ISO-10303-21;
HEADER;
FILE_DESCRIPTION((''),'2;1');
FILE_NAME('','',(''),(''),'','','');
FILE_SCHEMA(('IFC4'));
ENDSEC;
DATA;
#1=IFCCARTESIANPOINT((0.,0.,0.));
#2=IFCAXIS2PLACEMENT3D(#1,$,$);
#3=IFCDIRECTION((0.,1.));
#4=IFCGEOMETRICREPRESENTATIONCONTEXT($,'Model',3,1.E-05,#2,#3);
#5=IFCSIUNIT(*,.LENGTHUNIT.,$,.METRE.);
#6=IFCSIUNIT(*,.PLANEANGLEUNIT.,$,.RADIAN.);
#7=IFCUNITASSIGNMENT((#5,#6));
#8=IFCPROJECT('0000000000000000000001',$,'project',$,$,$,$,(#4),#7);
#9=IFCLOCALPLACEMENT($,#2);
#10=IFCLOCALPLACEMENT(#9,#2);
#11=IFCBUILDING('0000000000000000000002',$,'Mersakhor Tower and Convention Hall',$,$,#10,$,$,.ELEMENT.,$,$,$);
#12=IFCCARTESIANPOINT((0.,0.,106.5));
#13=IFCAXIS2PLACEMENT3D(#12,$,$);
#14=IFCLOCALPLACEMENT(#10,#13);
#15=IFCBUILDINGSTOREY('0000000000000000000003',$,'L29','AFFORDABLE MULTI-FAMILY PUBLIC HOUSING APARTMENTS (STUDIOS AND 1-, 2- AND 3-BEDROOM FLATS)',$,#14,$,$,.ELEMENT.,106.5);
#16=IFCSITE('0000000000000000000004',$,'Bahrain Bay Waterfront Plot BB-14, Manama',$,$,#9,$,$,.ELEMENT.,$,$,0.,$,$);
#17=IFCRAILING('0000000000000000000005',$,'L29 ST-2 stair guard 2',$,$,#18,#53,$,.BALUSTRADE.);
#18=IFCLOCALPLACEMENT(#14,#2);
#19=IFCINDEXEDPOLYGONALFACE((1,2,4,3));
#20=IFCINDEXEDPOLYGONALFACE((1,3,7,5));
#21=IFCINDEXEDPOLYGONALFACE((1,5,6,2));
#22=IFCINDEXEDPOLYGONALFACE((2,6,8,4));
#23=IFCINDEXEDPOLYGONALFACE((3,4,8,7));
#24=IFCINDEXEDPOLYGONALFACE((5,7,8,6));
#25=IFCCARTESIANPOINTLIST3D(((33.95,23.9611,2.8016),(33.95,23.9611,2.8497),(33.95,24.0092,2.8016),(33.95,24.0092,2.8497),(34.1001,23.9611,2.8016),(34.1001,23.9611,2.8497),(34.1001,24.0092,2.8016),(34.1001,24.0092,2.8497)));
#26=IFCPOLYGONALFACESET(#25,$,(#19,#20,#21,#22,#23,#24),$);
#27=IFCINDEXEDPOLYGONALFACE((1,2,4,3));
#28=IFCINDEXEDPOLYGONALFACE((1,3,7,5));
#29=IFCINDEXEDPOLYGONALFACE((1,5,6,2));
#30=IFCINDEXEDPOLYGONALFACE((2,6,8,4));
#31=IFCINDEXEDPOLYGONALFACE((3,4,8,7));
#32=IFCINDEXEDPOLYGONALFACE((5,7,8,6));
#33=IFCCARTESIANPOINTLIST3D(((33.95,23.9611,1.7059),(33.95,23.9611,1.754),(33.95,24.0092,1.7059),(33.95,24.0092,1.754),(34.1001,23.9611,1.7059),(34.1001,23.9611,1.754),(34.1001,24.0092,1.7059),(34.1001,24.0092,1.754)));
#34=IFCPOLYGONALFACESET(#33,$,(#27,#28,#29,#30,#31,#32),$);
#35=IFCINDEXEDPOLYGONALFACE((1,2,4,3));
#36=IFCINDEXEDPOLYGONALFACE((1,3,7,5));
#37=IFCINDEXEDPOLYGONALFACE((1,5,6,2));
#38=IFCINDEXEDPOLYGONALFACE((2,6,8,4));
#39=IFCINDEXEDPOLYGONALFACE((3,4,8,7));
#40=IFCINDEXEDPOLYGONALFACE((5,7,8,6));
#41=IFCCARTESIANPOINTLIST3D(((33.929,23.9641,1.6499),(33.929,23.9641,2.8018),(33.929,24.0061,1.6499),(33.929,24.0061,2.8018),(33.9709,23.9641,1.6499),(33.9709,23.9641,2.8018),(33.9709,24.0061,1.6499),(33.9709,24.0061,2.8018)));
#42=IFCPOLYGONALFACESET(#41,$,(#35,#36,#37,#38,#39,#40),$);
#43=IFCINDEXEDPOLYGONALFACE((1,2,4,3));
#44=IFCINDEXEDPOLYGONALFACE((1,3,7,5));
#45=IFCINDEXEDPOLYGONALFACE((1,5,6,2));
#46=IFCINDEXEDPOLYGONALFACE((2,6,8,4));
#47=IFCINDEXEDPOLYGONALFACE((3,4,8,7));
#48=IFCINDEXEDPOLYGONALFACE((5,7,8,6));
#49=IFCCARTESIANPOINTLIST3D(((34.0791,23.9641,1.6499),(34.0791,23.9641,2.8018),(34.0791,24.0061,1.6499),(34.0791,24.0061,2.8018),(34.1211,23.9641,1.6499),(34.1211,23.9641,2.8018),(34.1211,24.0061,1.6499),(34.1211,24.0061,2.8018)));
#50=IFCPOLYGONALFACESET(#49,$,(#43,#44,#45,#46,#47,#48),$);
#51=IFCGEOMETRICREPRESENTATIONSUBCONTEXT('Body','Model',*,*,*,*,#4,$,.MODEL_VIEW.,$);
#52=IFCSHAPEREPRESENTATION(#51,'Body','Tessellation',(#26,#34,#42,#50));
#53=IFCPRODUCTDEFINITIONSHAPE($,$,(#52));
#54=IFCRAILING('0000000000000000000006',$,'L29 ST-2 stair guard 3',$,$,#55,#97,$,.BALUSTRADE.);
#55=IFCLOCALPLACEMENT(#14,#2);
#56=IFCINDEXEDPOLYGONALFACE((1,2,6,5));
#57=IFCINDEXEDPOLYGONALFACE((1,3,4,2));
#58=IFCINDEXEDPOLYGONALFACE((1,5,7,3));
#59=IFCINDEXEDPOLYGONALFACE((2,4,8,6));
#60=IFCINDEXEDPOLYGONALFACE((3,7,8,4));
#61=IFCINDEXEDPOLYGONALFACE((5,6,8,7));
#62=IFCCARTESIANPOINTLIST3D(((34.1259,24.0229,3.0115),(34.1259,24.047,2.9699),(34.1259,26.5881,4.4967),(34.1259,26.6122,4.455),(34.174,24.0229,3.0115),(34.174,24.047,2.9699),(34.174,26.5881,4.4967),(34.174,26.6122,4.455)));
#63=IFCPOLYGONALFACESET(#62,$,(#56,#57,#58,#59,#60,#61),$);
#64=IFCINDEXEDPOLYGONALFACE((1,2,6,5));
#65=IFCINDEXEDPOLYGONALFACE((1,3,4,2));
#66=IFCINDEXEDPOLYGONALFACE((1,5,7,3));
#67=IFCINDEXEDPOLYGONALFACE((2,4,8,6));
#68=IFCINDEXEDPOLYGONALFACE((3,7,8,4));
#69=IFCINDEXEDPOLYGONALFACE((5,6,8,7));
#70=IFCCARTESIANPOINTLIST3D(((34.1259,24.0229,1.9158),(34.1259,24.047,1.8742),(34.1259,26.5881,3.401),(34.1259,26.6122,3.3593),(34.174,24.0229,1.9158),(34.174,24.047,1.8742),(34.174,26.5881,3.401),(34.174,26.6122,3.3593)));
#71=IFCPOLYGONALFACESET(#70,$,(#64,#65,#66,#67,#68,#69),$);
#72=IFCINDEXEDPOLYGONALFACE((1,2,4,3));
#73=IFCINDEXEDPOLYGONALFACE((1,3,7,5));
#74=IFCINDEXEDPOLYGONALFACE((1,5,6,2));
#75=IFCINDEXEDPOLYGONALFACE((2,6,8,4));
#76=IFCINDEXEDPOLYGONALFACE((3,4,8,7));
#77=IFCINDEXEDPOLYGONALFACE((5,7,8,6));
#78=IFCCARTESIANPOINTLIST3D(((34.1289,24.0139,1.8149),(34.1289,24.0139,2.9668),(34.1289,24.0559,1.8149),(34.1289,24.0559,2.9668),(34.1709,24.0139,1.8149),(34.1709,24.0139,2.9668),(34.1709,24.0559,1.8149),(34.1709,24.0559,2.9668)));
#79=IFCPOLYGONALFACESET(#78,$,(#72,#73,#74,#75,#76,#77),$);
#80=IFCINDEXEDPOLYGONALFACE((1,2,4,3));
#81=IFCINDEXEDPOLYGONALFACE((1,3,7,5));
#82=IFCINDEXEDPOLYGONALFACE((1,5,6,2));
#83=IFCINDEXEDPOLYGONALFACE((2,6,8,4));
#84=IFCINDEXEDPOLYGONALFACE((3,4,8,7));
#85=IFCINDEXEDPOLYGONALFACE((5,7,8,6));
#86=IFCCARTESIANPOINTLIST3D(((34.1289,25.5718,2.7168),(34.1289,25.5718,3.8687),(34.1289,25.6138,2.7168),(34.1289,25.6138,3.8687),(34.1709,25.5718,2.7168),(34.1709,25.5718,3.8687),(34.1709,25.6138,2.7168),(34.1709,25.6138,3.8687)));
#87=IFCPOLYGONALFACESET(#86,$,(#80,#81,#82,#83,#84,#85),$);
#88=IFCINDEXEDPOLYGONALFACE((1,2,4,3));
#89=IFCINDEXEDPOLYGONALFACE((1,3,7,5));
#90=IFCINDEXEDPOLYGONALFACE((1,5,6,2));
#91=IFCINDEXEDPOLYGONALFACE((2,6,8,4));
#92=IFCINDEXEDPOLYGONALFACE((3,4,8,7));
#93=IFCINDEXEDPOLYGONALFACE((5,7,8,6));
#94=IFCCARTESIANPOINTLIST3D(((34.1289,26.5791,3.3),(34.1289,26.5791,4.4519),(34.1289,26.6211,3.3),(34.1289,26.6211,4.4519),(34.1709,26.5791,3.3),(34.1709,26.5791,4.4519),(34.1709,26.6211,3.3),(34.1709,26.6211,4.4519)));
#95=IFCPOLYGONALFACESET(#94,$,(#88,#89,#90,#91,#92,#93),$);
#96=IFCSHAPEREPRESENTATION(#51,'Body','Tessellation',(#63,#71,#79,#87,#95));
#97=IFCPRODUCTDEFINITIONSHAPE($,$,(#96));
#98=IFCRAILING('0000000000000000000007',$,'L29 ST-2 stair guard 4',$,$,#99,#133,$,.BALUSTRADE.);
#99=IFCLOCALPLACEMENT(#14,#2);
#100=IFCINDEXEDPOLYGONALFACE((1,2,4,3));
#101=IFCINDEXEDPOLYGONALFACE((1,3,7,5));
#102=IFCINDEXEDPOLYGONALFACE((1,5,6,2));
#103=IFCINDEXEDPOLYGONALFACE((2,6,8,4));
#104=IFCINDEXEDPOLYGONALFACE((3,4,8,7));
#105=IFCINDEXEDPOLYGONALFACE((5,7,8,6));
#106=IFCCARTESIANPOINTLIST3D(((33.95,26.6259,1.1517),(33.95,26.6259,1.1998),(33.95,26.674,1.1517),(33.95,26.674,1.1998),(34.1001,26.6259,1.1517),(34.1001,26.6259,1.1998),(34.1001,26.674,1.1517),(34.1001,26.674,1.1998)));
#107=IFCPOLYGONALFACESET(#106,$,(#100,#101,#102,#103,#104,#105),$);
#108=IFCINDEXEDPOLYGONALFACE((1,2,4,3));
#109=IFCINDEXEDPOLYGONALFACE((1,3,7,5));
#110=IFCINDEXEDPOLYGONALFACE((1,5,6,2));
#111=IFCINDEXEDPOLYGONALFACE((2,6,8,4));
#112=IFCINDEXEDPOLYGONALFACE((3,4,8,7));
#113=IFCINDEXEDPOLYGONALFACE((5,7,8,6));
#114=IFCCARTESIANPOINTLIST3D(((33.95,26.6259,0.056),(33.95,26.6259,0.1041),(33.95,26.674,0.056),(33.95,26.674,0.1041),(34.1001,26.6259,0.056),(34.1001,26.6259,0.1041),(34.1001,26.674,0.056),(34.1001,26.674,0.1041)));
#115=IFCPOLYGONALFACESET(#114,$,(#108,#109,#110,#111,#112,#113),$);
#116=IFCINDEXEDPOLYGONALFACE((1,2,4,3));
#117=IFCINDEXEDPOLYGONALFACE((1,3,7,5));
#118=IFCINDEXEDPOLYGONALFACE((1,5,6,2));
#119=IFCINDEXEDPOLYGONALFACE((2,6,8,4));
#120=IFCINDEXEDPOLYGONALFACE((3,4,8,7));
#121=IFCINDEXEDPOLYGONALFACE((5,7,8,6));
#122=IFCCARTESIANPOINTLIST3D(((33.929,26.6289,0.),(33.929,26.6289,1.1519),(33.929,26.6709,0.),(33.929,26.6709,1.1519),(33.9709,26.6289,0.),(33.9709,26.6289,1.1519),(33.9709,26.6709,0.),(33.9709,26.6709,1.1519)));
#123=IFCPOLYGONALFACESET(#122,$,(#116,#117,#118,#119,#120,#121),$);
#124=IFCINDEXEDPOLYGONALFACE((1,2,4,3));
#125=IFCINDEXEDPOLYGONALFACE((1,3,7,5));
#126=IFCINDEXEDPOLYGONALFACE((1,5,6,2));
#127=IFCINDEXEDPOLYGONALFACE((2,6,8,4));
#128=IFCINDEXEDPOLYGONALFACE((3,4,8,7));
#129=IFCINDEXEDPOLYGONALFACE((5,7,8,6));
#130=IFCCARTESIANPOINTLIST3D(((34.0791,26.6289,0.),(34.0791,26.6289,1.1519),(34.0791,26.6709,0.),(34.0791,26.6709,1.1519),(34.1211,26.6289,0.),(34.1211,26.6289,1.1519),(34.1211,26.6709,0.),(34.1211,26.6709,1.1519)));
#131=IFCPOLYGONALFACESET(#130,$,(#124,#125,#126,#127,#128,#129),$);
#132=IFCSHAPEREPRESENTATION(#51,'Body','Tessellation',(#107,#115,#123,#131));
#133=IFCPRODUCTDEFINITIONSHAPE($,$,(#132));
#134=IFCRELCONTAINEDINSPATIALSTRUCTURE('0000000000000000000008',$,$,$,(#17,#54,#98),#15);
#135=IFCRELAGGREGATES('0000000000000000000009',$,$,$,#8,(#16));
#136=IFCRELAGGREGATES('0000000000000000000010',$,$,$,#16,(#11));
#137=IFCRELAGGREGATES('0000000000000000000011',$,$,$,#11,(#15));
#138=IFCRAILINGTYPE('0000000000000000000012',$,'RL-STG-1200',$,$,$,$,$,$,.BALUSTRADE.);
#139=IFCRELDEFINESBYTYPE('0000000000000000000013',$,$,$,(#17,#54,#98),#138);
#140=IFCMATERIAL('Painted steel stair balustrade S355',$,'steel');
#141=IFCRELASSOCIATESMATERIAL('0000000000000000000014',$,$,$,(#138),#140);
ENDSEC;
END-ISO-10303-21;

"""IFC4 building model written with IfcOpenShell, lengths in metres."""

from ifc_helpers import new_model, si_unit, direction, frame, origin, origin_2d, place, context, subcontext, project, spatial, rectangle, extrude, material, type_object, element, save


model = new_model("IFC4")

# Units and contexts
model_context = context("Model", 3, precision=1e-05, world=origin(), true_north=direction((0.0, 1.0)))
body_context = subcontext(model_context, "Body", "Model", "MODEL_VIEW")
ifc_project = project(units=[si_unit("LENGTHUNIT", "METRE"), si_unit("PLANEANGLEUNIT", "RADIAN")], contexts=[model_context])

# Site, building, storey
site_placement = place(None, origin())
site = spatial("IfcSite", under=ifc_project, at=site_placement, Name="Bahrain Bay Waterfront Plot BB-14, Manama", CompositionType="ELEMENT", RefElevation=0.0)
building_placement = place(site_placement, origin())
building = spatial("IfcBuilding", under=site, at=building_placement, Name="Mersakhor Tower and Convention Hall", CompositionType="ELEMENT")
storey_placement = place(building_placement, frame((0.0, 0.0, 106.5)))
storey = spatial("IfcBuildingStorey", under=building, at=storey_placement, Name="L29", Description="AFFORDABLE MULTI-FAMILY PUBLIC HOUSING APARTMENTS (STUDIOS AND 1-, 2- AND 3-BEDROOM FLATS)", CompositionType="ELEMENT", Elevation=106.5)

# Railings
ifc_material_1 = material(Name="Painted steel stair balustrade S355", Category="steel")
railing_type_1 = type_object("IfcRailingType", Name="RL-STG-1200", PredefinedType="BALUSTRADE", material=ifc_material_1)
railing_1_placement = place(storey_placement, frame((33.95, 23.9851, 1.6499)))
element("IfcRailing", 1, at=railing_1_placement, inside=storey, type_object=railing_type_1, Name="L29 ST-2 stair guard 2", PredefinedType="BALUSTRADE", context=body_context, shape_type="SweptSolid", body=[
    extrude(rectangle(XDim=0.0481, YDim=0.0481, at=origin_2d()), frame((0.0, 0.0, 1.1758), z_axis=(1.0, 0.0, 0.0), x_axis=(0.0, 1.0, 0.0)), (0.0, 0.0, 1.0), 0.1501),
    extrude(rectangle(XDim=0.0481, YDim=0.0481, at=origin_2d()), frame((0.0, 0.0, 0.0801), z_axis=(1.0, 0.0, 0.0), x_axis=(0.0, 1.0, 0.0)), (0.0, 0.0, 1.0), 0.1501),
    extrude(rectangle(XDim=0.042, YDim=0.042, at=origin_2d()), origin(), (0.0, 0.0, 1.0), 1.1519),
    extrude(rectangle(XDim=0.042, YDim=0.042, at=origin_2d()), frame((0.1501, 0.0, 0.0)), (0.0, 0.0, 1.0), 1.1519),
])
railing_2_placement = place(storey_placement, frame((34.1499, 24.0349, 1.8149)))
element("IfcRailing", 2, at=railing_2_placement, inside=storey, type_object=railing_type_1, Name="L29 ST-2 stair guard 3", PredefinedType="BALUSTRADE", context=body_context, shape_type="SweptSolid", body=[
    extrude(rectangle(XDim=0.0481, YDim=0.0481, at=origin_2d()), frame((0.0, 0.0, 1.1758), z_axis=(0.0, 0.865426, 0.501036), x_axis=(-1.0, 0.0, 0.0)), (0.0, 0.0, 1.0), 2.9641),
    extrude(rectangle(XDim=0.0481, YDim=0.0481, at=origin_2d()), frame((0.0, 0.0, 0.0801), z_axis=(0.0, 0.865426, 0.501036), x_axis=(-1.0, 0.0, 0.0)), (0.0, 0.0, 1.0), 2.9641),
    extrude(rectangle(XDim=0.042, YDim=0.042, at=origin_2d()), origin(), (0.0, 0.0, 1.0), 1.1519),
    extrude(rectangle(XDim=0.042, YDim=0.042, at=origin_2d()), frame((0.0, 1.5579, 0.9019)), (0.0, 0.0, 1.0), 1.1519),
    extrude(rectangle(XDim=0.042, YDim=0.042, at=origin_2d()), frame((0.0, 2.5652, 1.4851)), (0.0, 0.0, 1.0), 1.1519),
])
railing_3_placement = place(storey_placement, frame((33.95, 26.6499, 0.0)))
element("IfcRailing", 3, at=railing_3_placement, inside=storey, type_object=railing_type_1, Name="L29 ST-2 stair guard 4", PredefinedType="BALUSTRADE", context=body_context, shape_type="SweptSolid", body=[
    extrude(rectangle(XDim=0.0481, YDim=0.0481, at=origin_2d()), frame((0.0, 0.0, 1.1758), z_axis=(1.0, 0.0, 0.0), x_axis=(0.0, 1.0, 0.0)), (0.0, 0.0, 1.0), 0.1501),
    extrude(rectangle(XDim=0.0481, YDim=0.0481, at=origin_2d()), frame((0.0, 0.0, 0.0801), z_axis=(1.0, 0.0, 0.0), x_axis=(0.0, 1.0, 0.0)), (0.0, 0.0, 1.0), 0.1501),
    extrude(rectangle(XDim=0.042, YDim=0.042, at=origin_2d()), origin(), (0.0, 0.0, 1.0), 1.1519),
    extrude(rectangle(XDim=0.042, YDim=0.042, at=origin_2d()), frame((0.1501, 0.0, 0.0)), (0.0, 0.0, 1.0), 1.1519),
])

save(model, "model.ifc")
